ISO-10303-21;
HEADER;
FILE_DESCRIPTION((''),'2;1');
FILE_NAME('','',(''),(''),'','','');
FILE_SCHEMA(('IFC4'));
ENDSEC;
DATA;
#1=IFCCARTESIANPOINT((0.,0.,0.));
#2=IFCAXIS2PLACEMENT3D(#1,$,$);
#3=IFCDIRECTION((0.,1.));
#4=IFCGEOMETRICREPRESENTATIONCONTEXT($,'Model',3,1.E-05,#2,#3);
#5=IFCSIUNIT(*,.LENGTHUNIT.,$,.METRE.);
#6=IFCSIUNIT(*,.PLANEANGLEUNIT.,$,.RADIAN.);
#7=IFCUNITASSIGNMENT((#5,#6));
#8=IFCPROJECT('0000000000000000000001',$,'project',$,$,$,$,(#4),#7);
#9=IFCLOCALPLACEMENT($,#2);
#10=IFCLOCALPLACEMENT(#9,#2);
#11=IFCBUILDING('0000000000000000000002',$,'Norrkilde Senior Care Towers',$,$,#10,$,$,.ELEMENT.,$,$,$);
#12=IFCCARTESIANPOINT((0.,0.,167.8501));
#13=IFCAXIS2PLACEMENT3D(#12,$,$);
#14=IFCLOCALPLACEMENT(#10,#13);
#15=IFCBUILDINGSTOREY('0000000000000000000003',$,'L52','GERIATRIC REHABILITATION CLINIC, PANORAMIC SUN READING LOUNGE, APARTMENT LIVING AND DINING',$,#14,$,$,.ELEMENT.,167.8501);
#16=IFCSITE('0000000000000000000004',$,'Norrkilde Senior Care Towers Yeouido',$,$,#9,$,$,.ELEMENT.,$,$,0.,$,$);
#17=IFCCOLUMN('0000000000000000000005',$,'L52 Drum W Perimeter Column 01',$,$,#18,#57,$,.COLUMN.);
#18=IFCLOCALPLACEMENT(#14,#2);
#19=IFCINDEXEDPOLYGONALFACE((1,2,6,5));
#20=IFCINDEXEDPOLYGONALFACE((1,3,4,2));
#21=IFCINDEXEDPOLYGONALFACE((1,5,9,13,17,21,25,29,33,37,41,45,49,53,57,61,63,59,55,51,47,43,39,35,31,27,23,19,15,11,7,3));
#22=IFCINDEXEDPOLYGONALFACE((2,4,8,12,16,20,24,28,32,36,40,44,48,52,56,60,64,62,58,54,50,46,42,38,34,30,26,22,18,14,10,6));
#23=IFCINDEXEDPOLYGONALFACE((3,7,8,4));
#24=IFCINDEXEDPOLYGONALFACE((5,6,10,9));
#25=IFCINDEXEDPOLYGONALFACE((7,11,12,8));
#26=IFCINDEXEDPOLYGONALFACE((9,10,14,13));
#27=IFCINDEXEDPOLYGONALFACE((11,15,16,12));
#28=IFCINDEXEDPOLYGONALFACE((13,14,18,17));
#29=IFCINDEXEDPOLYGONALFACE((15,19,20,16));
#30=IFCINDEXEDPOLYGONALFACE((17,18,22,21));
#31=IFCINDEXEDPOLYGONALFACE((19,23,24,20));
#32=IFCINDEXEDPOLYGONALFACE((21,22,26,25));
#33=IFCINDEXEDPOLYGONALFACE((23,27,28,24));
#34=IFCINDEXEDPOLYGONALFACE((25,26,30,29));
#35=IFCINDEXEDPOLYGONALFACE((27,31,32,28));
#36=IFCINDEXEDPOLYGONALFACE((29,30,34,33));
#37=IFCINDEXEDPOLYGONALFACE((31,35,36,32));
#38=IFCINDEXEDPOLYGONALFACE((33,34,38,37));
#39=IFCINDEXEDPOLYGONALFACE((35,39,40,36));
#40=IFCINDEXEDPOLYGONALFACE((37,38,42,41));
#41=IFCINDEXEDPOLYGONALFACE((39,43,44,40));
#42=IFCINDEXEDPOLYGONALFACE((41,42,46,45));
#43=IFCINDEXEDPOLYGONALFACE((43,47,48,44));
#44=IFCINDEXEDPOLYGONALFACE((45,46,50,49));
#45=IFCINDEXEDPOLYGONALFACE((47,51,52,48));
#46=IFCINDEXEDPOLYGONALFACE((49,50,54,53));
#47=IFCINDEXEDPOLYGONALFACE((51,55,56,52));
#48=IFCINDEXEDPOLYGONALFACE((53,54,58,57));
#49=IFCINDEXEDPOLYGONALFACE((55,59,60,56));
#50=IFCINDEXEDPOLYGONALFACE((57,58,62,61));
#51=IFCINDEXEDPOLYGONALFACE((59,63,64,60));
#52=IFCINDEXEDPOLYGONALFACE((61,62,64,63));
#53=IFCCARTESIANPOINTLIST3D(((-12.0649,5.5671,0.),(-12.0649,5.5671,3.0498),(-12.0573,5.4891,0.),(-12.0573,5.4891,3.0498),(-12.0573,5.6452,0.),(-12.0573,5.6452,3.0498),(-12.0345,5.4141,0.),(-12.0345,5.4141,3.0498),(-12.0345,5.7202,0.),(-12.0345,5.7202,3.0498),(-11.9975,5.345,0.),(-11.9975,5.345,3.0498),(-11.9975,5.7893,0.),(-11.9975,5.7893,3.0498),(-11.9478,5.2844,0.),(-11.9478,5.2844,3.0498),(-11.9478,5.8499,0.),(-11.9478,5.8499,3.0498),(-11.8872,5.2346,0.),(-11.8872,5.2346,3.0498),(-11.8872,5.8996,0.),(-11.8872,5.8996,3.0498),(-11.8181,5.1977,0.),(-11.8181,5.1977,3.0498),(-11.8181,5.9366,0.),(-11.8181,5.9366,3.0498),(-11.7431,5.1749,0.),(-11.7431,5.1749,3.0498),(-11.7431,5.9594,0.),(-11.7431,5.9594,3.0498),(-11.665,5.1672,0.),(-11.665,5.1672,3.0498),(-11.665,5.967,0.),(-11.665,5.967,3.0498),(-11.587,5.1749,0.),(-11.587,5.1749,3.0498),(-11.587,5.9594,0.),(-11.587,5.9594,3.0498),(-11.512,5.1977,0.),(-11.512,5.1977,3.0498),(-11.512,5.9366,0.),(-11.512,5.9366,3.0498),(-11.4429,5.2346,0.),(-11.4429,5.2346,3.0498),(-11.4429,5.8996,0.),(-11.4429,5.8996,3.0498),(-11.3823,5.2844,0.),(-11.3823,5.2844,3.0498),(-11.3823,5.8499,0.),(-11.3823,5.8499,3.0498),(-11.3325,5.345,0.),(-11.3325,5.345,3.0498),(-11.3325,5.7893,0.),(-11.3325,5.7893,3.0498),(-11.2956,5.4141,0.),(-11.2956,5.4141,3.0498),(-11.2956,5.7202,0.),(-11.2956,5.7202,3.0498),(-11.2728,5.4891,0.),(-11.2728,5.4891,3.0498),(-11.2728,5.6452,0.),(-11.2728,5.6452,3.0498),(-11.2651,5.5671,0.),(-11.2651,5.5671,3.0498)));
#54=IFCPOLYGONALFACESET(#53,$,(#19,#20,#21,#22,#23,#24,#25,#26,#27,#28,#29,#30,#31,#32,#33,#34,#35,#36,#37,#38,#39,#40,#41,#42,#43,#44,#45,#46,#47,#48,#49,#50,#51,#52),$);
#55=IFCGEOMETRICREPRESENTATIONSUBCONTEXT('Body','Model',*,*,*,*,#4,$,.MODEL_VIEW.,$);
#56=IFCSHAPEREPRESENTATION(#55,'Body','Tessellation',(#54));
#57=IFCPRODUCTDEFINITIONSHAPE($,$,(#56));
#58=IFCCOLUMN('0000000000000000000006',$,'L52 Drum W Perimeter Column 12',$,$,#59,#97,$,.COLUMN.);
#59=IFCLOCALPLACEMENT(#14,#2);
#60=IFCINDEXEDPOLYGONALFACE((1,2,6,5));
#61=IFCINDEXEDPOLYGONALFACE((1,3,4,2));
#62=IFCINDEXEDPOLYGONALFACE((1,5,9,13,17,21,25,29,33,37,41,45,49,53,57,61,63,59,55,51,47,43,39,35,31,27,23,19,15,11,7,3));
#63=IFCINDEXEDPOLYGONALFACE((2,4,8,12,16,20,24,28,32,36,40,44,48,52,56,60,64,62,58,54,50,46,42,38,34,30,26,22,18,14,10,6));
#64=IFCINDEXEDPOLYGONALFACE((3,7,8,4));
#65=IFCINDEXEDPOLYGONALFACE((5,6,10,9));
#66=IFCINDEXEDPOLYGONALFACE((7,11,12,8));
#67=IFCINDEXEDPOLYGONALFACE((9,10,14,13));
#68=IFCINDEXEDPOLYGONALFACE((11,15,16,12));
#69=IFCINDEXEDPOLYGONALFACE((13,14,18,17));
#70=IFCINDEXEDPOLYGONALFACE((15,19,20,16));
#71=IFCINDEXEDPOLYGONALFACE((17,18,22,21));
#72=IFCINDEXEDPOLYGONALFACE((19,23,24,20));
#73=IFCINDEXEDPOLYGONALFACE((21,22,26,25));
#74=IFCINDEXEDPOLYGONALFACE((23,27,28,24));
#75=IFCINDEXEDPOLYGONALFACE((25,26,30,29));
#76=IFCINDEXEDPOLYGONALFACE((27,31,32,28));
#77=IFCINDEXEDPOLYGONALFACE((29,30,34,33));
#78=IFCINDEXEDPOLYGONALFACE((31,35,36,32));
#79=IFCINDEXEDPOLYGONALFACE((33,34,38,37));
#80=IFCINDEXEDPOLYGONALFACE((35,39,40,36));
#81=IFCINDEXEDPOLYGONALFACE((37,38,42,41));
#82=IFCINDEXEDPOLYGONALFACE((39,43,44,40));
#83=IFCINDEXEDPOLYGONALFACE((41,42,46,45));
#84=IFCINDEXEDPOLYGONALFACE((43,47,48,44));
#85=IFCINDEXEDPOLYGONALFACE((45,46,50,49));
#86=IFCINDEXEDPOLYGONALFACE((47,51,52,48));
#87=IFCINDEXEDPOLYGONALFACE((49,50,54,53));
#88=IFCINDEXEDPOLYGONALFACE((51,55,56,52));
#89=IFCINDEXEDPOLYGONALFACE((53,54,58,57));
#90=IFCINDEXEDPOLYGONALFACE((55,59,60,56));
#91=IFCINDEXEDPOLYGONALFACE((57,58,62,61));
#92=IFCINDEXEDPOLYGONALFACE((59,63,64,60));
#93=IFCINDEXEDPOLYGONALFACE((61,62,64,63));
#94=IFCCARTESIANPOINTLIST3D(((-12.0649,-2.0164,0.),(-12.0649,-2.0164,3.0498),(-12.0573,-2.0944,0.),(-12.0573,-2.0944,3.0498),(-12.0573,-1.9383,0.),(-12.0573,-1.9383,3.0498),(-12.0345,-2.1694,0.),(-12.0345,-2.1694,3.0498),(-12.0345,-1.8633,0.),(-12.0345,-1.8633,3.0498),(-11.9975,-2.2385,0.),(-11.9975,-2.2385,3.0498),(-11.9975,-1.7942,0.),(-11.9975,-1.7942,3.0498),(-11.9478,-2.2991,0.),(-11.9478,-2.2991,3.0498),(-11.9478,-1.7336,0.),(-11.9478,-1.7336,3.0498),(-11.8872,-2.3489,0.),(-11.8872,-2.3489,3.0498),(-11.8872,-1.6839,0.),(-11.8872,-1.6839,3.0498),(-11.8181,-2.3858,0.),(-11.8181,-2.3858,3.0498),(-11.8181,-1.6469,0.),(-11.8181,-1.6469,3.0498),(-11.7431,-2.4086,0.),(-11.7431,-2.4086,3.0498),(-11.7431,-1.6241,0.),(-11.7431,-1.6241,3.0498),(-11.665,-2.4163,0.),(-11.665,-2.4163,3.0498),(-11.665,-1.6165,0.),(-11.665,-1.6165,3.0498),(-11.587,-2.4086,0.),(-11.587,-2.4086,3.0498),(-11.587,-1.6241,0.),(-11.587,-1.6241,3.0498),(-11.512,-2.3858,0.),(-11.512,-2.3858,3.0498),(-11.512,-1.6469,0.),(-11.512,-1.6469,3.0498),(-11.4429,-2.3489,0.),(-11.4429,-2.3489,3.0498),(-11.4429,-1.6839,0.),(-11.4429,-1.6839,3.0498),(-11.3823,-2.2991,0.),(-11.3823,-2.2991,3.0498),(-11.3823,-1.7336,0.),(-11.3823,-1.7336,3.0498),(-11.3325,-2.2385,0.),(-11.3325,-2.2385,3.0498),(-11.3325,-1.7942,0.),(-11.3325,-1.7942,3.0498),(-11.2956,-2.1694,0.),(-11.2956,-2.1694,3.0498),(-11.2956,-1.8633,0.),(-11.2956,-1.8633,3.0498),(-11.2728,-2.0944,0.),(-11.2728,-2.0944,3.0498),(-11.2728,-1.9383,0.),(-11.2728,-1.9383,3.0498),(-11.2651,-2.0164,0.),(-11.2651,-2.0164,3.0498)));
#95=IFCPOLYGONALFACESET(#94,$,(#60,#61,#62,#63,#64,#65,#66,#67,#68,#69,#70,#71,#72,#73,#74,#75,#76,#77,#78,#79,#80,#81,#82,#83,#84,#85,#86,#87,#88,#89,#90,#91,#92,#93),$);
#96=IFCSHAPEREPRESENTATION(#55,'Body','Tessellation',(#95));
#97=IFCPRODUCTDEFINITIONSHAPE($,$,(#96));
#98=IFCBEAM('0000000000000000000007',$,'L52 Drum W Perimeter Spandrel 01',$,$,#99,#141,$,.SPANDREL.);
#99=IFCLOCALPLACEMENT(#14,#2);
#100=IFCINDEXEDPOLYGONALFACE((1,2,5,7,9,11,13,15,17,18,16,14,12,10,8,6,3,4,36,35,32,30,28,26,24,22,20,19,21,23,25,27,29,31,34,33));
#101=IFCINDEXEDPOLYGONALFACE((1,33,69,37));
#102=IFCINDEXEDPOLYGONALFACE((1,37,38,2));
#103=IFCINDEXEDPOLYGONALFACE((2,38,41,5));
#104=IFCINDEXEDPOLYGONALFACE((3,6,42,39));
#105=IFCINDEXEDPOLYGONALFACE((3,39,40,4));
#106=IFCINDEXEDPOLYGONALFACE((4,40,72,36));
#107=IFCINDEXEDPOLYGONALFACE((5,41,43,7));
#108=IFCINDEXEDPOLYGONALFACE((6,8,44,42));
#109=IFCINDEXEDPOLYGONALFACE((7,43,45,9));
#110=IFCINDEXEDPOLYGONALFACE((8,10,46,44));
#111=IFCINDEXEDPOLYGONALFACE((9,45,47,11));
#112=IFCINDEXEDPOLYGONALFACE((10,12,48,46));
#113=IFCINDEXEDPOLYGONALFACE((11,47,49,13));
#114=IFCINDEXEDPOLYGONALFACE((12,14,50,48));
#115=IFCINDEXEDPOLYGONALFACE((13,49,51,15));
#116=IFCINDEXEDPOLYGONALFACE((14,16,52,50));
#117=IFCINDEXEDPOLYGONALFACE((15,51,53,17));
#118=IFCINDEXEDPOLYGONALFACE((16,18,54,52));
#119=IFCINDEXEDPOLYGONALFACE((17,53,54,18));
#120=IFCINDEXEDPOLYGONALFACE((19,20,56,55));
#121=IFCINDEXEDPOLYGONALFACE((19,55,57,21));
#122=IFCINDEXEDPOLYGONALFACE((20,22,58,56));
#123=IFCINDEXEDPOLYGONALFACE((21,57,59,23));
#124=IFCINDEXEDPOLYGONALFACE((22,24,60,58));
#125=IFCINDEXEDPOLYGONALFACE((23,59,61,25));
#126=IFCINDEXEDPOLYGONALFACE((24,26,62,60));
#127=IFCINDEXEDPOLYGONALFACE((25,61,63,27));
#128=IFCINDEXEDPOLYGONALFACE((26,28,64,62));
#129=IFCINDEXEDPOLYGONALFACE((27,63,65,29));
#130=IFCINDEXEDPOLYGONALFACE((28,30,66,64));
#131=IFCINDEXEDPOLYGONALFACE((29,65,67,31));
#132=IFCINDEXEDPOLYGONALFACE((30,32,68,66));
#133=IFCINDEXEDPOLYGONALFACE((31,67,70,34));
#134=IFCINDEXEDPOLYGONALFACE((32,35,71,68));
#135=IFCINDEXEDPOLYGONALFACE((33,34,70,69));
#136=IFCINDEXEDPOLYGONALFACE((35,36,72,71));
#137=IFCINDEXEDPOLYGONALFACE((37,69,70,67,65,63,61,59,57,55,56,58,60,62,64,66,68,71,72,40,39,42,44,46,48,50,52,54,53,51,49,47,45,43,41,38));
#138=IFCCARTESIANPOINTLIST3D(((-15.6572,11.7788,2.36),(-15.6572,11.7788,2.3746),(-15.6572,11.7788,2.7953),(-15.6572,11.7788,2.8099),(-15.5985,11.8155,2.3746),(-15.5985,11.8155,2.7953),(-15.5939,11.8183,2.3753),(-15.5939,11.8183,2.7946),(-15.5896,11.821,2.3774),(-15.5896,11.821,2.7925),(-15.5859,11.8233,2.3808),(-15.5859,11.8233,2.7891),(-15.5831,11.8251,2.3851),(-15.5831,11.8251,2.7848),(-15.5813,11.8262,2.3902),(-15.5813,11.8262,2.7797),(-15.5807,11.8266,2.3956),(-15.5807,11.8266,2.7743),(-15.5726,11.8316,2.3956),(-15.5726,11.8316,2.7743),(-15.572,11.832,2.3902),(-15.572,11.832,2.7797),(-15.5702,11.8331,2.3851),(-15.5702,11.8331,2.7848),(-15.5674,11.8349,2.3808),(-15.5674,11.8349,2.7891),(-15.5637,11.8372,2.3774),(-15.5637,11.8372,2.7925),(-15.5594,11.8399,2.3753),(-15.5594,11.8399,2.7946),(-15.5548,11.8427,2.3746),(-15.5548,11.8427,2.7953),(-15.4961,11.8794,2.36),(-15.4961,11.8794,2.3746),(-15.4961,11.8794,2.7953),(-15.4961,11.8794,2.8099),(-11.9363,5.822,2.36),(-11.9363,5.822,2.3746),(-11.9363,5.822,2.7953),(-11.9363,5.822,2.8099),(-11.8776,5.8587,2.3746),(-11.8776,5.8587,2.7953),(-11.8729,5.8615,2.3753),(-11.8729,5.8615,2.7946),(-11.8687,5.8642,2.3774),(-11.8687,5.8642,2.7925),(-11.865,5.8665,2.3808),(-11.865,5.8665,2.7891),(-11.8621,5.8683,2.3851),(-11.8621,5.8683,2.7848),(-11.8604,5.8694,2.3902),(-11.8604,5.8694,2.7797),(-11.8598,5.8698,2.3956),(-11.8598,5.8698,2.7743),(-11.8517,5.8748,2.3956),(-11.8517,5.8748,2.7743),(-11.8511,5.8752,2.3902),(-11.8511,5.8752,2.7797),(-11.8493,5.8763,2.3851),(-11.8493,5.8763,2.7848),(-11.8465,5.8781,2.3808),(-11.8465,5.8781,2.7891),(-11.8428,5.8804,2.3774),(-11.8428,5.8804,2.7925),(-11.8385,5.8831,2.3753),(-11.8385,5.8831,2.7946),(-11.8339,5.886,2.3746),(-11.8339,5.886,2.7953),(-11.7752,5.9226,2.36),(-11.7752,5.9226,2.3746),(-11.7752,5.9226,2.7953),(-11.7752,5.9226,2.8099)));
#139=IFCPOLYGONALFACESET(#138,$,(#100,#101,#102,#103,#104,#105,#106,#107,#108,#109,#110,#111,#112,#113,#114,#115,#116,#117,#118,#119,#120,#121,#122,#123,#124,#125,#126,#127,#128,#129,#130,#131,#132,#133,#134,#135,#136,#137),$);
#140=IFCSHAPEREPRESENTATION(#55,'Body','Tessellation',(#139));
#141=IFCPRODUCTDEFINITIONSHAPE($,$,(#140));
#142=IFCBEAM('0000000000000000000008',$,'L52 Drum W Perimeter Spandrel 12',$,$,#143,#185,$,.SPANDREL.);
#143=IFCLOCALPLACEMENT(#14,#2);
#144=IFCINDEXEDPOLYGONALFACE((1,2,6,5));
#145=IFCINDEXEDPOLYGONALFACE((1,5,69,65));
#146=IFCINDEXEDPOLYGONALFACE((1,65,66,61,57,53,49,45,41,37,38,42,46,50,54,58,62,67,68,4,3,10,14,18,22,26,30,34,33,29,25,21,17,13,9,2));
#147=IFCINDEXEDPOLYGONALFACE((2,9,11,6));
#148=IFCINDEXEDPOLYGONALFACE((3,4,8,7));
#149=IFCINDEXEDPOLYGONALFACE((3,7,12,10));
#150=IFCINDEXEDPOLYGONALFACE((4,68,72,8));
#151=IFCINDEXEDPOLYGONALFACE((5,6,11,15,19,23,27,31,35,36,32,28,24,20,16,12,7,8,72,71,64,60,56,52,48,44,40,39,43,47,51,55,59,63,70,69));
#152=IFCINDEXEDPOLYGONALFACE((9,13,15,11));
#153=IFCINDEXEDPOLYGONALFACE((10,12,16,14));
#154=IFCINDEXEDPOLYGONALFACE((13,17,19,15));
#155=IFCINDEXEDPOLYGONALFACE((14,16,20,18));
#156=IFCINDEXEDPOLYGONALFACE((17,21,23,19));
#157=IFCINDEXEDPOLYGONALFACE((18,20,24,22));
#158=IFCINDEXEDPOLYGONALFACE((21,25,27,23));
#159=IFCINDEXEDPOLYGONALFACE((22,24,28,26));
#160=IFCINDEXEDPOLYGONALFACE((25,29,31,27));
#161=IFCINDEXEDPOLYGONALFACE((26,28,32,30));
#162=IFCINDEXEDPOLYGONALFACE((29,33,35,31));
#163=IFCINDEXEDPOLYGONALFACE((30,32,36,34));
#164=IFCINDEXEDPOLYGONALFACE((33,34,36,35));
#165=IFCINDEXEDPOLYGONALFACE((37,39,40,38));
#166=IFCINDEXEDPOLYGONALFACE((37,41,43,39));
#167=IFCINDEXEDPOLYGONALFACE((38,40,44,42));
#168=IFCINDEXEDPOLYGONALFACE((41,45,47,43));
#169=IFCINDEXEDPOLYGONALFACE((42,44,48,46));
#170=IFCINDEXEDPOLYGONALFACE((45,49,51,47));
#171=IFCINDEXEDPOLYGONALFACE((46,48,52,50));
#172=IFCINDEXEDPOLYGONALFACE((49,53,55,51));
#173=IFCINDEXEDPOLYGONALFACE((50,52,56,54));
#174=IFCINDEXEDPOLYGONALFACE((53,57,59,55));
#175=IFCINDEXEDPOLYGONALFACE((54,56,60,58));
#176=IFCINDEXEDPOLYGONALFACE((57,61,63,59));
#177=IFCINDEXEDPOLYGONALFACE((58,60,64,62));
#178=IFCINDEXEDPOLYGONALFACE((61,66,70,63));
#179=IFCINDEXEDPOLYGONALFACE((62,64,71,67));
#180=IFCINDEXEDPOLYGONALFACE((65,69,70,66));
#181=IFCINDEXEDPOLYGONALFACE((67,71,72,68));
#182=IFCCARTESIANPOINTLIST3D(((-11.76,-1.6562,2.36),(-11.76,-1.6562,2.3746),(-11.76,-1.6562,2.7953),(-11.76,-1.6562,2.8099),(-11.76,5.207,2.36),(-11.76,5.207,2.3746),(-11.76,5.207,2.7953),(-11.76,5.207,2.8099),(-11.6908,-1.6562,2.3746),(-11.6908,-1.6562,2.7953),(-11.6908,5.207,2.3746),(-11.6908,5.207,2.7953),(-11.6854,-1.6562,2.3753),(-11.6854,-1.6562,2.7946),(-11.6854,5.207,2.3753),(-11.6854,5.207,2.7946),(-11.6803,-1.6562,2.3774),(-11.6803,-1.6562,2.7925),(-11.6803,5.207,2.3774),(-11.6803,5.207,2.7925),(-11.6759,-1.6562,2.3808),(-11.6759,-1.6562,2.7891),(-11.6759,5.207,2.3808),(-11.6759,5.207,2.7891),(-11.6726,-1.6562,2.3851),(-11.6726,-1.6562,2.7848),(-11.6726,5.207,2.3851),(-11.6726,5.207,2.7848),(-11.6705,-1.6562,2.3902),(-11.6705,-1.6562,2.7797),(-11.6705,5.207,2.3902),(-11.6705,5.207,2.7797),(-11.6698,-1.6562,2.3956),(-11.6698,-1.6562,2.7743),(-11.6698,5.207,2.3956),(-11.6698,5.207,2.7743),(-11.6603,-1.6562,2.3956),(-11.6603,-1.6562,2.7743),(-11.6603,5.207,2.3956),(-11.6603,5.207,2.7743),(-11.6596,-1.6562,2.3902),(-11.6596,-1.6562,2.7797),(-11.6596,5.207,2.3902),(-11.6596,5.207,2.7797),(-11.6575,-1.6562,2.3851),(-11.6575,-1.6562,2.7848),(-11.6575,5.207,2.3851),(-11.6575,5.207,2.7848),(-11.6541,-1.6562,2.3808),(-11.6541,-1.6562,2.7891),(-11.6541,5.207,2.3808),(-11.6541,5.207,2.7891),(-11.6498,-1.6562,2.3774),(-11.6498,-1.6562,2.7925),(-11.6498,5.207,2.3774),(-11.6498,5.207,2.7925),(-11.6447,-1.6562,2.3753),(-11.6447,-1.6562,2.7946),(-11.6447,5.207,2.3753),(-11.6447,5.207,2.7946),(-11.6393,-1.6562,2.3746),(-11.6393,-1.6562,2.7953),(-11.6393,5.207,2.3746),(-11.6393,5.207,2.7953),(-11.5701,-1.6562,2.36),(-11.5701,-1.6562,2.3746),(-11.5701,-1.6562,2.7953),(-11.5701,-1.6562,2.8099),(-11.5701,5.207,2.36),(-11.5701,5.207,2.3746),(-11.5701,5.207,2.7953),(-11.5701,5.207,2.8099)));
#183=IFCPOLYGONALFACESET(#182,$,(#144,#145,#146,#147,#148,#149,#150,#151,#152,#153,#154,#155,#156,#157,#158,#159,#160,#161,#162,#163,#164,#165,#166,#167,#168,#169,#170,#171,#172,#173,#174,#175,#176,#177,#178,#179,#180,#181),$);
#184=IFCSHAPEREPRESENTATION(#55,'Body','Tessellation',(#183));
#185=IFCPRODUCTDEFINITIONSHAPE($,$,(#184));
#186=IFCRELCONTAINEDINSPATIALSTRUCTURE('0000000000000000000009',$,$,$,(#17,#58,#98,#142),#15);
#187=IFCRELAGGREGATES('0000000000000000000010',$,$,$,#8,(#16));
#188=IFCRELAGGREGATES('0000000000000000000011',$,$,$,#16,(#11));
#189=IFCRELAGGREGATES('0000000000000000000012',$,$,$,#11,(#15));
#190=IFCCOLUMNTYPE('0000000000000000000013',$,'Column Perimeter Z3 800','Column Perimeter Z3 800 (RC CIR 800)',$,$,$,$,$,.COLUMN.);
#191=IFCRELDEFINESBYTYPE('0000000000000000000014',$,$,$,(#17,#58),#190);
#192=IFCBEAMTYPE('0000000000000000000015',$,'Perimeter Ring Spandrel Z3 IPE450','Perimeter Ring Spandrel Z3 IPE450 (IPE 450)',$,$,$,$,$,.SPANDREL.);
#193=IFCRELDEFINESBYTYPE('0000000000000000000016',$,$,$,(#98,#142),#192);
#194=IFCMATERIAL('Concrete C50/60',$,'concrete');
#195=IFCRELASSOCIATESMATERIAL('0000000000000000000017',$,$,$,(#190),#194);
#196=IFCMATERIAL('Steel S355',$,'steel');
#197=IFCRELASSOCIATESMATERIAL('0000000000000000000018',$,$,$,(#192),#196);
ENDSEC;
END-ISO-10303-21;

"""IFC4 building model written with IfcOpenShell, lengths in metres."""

from ifc_helpers import new_model, si_unit, direction, frame, origin, origin_2d, place, context, subcontext, project, spatial, circle, i_section, extrude, source, transform, mapped, material, material_profile, profile_set, type_object, type_shapes, element, save


model = new_model("IFC4")

# Units and contexts
model_context = context("Model", 3, precision=1e-05, world=origin(), true_north=direction((0.0, 1.0)))
body_context = subcontext(model_context, "Body", "Model", "MODEL_VIEW")
ifc_project = project(units=[si_unit("LENGTHUNIT", "METRE"), si_unit("PLANEANGLEUNIT", "RADIAN")], contexts=[model_context])

# Site, building, storey
site_placement = place(None, origin())
site = spatial("IfcSite", under=ifc_project, at=site_placement, Name="Norrkilde Senior Care Towers Yeouido", CompositionType="ELEMENT", RefElevation=0.0)
building_placement = place(site_placement, origin())
building = spatial("IfcBuilding", under=site, at=building_placement, Name="Norrkilde Senior Care Towers", CompositionType="ELEMENT")
storey_placement = place(building_placement, frame((0.0, 0.0, 167.8501)))
storey = spatial("IfcBuildingStorey", under=building, at=storey_placement, Name="L52", Description="GERIATRIC REHABILITATION CLINIC, PANORAMIC SUN READING LOUNGE, APARTMENT LIVING AND DINING", CompositionType="ELEMENT", Elevation=167.8501)

# Columns
ifc_material_1 = material(Name="Concrete C50/60", Category="concrete")
ifc_material_profile_1 = material_profile(ifc_material_1, circle(Radius=0.3999, at=origin_2d()), Name="RC CIR 800")
ifc_profile_set_1 = profile_set([ifc_material_profile_1], Name="Concrete C50/60")
column_type = type_object("IfcColumnType", Name="Column Perimeter Z3 800", Description="Column Perimeter Z3 800 (RC CIR 800)", PredefinedType="COLUMN", material=ifc_profile_set_1)
shared_shape_1 = source(origin(), body_context, "Body", "SweptSolid", [
    extrude(circle(Radius=0.3999, at=origin_2d()), origin(), (0.0, 0.0, 1.0), 3.0498),
])
type_shapes(column_type, [shared_shape_1])
for number, where, z_axis, x_axis, name in (
    (1, (-11.665, 5.5671, 0.0), (0.0, 0.0, 1.0), (1.0, 0.0, 0.0), "L52 Drum W Perimeter Column 01"),
    (2, (-11.665, -2.0164, 0.0), (0.0, 0.0, 1.0), (1.0, 0.0, 0.0), "L52 Drum W Perimeter Column 12"),
):
    element("IfcColumn", number, at=place(storey_placement, frame(where, z_axis=z_axis, x_axis=x_axis)), inside=storey, type_object=column_type, Name=name, PredefinedType="COLUMN", context=body_context, shape_type="MappedRepresentation", body=[
        mapped(shared_shape_1, transform((0.0, 0.0, 0.0), x_axis=(1.0, 0.0, 0.0), y_axis=(0.0, 1.0, 0.0), z_axis=(0.0, 0.0, 1.0), scale=1.0)),
    ])

# Beams
ifc_material_2 = material(Name="Steel S355", Category="steel")
ifc_material_profile_2 = material_profile(ifc_material_2, i_section(OverallWidth=0.1899, OverallDepth=0.45, WebThickness=0.0095, FlangeThickness=0.0146, FilletRadius=0.021, at=origin_2d()), Name="IPE 450")
ifc_profile_set_2 = profile_set([ifc_material_profile_2], Name="Steel S355")
beam_type = type_object("IfcBeamType", Name="Perimeter Ring Spandrel Z3 IPE450", Description="Perimeter Ring Spandrel Z3 IPE450 (IPE 450)", PredefinedType="SPANDREL", material=ifc_profile_set_2)
shared_shape_2 = source(origin(), body_context, "Body", "SweptSolid", [
    extrude(i_section(OverallWidth=0.1899, OverallDepth=0.45, WebThickness=0.0095, FlangeThickness=0.0146, FilletRadius=0.021, at=origin_2d()), origin(), (0.0, 0.0, 1.0), 7.0234),
])
beam_1_placement = place(storey_placement, frame((-11.8557, 5.8723, 2.585), z_axis=(-0.52979, 0.848129, 0.0), x_axis=(-0.848129, -0.52979, 0.0)))
element("IfcBeam", 3, at=beam_1_placement, inside=storey, type_object=beam_type, Name="L52 Drum W Perimeter Spandrel 01", PredefinedType="SPANDREL", context=body_context, shape_type="MappedRepresentation", body=[
    mapped(shared_shape_2, transform((0.0, 0.0, 0.0), x_axis=(1.0, 0.0, 0.0), y_axis=(0.0, 1.0, 0.0), z_axis=(0.0, 0.0, 1.0), scale=1.0)),
])
shared_shape_3 = source(origin(), body_context, "Body", "SweptSolid", [
    extrude(i_section(OverallWidth=0.1899, OverallDepth=0.45, WebThickness=0.0095, FlangeThickness=0.0146, FilletRadius=0.021, at=origin_2d()), origin(), (0.0, 0.0, 1.0), 6.8633),
])
type_shapes(beam_type, [shared_shape_2, shared_shape_3])
beam_2_placement = place(storey_placement, frame((-11.665, -1.6562, 2.585), z_axis=(0.0, 1.0, 0.0), x_axis=(-1.0, 0.0, 0.0)))
element("IfcBeam", 4, at=beam_2_placement, inside=storey, type_object=beam_type, Name="L52 Drum W Perimeter Spandrel 12", PredefinedType="SPANDREL", context=body_context, shape_type="MappedRepresentation", body=[
    mapped(shared_shape_3, transform((0.0, 0.0, 0.0), x_axis=(1.0, 0.0, 0.0), y_axis=(0.0, 1.0, 0.0), z_axis=(0.0, 0.0, 1.0), scale=1.0)),
])

save(model, "model.ifc")
